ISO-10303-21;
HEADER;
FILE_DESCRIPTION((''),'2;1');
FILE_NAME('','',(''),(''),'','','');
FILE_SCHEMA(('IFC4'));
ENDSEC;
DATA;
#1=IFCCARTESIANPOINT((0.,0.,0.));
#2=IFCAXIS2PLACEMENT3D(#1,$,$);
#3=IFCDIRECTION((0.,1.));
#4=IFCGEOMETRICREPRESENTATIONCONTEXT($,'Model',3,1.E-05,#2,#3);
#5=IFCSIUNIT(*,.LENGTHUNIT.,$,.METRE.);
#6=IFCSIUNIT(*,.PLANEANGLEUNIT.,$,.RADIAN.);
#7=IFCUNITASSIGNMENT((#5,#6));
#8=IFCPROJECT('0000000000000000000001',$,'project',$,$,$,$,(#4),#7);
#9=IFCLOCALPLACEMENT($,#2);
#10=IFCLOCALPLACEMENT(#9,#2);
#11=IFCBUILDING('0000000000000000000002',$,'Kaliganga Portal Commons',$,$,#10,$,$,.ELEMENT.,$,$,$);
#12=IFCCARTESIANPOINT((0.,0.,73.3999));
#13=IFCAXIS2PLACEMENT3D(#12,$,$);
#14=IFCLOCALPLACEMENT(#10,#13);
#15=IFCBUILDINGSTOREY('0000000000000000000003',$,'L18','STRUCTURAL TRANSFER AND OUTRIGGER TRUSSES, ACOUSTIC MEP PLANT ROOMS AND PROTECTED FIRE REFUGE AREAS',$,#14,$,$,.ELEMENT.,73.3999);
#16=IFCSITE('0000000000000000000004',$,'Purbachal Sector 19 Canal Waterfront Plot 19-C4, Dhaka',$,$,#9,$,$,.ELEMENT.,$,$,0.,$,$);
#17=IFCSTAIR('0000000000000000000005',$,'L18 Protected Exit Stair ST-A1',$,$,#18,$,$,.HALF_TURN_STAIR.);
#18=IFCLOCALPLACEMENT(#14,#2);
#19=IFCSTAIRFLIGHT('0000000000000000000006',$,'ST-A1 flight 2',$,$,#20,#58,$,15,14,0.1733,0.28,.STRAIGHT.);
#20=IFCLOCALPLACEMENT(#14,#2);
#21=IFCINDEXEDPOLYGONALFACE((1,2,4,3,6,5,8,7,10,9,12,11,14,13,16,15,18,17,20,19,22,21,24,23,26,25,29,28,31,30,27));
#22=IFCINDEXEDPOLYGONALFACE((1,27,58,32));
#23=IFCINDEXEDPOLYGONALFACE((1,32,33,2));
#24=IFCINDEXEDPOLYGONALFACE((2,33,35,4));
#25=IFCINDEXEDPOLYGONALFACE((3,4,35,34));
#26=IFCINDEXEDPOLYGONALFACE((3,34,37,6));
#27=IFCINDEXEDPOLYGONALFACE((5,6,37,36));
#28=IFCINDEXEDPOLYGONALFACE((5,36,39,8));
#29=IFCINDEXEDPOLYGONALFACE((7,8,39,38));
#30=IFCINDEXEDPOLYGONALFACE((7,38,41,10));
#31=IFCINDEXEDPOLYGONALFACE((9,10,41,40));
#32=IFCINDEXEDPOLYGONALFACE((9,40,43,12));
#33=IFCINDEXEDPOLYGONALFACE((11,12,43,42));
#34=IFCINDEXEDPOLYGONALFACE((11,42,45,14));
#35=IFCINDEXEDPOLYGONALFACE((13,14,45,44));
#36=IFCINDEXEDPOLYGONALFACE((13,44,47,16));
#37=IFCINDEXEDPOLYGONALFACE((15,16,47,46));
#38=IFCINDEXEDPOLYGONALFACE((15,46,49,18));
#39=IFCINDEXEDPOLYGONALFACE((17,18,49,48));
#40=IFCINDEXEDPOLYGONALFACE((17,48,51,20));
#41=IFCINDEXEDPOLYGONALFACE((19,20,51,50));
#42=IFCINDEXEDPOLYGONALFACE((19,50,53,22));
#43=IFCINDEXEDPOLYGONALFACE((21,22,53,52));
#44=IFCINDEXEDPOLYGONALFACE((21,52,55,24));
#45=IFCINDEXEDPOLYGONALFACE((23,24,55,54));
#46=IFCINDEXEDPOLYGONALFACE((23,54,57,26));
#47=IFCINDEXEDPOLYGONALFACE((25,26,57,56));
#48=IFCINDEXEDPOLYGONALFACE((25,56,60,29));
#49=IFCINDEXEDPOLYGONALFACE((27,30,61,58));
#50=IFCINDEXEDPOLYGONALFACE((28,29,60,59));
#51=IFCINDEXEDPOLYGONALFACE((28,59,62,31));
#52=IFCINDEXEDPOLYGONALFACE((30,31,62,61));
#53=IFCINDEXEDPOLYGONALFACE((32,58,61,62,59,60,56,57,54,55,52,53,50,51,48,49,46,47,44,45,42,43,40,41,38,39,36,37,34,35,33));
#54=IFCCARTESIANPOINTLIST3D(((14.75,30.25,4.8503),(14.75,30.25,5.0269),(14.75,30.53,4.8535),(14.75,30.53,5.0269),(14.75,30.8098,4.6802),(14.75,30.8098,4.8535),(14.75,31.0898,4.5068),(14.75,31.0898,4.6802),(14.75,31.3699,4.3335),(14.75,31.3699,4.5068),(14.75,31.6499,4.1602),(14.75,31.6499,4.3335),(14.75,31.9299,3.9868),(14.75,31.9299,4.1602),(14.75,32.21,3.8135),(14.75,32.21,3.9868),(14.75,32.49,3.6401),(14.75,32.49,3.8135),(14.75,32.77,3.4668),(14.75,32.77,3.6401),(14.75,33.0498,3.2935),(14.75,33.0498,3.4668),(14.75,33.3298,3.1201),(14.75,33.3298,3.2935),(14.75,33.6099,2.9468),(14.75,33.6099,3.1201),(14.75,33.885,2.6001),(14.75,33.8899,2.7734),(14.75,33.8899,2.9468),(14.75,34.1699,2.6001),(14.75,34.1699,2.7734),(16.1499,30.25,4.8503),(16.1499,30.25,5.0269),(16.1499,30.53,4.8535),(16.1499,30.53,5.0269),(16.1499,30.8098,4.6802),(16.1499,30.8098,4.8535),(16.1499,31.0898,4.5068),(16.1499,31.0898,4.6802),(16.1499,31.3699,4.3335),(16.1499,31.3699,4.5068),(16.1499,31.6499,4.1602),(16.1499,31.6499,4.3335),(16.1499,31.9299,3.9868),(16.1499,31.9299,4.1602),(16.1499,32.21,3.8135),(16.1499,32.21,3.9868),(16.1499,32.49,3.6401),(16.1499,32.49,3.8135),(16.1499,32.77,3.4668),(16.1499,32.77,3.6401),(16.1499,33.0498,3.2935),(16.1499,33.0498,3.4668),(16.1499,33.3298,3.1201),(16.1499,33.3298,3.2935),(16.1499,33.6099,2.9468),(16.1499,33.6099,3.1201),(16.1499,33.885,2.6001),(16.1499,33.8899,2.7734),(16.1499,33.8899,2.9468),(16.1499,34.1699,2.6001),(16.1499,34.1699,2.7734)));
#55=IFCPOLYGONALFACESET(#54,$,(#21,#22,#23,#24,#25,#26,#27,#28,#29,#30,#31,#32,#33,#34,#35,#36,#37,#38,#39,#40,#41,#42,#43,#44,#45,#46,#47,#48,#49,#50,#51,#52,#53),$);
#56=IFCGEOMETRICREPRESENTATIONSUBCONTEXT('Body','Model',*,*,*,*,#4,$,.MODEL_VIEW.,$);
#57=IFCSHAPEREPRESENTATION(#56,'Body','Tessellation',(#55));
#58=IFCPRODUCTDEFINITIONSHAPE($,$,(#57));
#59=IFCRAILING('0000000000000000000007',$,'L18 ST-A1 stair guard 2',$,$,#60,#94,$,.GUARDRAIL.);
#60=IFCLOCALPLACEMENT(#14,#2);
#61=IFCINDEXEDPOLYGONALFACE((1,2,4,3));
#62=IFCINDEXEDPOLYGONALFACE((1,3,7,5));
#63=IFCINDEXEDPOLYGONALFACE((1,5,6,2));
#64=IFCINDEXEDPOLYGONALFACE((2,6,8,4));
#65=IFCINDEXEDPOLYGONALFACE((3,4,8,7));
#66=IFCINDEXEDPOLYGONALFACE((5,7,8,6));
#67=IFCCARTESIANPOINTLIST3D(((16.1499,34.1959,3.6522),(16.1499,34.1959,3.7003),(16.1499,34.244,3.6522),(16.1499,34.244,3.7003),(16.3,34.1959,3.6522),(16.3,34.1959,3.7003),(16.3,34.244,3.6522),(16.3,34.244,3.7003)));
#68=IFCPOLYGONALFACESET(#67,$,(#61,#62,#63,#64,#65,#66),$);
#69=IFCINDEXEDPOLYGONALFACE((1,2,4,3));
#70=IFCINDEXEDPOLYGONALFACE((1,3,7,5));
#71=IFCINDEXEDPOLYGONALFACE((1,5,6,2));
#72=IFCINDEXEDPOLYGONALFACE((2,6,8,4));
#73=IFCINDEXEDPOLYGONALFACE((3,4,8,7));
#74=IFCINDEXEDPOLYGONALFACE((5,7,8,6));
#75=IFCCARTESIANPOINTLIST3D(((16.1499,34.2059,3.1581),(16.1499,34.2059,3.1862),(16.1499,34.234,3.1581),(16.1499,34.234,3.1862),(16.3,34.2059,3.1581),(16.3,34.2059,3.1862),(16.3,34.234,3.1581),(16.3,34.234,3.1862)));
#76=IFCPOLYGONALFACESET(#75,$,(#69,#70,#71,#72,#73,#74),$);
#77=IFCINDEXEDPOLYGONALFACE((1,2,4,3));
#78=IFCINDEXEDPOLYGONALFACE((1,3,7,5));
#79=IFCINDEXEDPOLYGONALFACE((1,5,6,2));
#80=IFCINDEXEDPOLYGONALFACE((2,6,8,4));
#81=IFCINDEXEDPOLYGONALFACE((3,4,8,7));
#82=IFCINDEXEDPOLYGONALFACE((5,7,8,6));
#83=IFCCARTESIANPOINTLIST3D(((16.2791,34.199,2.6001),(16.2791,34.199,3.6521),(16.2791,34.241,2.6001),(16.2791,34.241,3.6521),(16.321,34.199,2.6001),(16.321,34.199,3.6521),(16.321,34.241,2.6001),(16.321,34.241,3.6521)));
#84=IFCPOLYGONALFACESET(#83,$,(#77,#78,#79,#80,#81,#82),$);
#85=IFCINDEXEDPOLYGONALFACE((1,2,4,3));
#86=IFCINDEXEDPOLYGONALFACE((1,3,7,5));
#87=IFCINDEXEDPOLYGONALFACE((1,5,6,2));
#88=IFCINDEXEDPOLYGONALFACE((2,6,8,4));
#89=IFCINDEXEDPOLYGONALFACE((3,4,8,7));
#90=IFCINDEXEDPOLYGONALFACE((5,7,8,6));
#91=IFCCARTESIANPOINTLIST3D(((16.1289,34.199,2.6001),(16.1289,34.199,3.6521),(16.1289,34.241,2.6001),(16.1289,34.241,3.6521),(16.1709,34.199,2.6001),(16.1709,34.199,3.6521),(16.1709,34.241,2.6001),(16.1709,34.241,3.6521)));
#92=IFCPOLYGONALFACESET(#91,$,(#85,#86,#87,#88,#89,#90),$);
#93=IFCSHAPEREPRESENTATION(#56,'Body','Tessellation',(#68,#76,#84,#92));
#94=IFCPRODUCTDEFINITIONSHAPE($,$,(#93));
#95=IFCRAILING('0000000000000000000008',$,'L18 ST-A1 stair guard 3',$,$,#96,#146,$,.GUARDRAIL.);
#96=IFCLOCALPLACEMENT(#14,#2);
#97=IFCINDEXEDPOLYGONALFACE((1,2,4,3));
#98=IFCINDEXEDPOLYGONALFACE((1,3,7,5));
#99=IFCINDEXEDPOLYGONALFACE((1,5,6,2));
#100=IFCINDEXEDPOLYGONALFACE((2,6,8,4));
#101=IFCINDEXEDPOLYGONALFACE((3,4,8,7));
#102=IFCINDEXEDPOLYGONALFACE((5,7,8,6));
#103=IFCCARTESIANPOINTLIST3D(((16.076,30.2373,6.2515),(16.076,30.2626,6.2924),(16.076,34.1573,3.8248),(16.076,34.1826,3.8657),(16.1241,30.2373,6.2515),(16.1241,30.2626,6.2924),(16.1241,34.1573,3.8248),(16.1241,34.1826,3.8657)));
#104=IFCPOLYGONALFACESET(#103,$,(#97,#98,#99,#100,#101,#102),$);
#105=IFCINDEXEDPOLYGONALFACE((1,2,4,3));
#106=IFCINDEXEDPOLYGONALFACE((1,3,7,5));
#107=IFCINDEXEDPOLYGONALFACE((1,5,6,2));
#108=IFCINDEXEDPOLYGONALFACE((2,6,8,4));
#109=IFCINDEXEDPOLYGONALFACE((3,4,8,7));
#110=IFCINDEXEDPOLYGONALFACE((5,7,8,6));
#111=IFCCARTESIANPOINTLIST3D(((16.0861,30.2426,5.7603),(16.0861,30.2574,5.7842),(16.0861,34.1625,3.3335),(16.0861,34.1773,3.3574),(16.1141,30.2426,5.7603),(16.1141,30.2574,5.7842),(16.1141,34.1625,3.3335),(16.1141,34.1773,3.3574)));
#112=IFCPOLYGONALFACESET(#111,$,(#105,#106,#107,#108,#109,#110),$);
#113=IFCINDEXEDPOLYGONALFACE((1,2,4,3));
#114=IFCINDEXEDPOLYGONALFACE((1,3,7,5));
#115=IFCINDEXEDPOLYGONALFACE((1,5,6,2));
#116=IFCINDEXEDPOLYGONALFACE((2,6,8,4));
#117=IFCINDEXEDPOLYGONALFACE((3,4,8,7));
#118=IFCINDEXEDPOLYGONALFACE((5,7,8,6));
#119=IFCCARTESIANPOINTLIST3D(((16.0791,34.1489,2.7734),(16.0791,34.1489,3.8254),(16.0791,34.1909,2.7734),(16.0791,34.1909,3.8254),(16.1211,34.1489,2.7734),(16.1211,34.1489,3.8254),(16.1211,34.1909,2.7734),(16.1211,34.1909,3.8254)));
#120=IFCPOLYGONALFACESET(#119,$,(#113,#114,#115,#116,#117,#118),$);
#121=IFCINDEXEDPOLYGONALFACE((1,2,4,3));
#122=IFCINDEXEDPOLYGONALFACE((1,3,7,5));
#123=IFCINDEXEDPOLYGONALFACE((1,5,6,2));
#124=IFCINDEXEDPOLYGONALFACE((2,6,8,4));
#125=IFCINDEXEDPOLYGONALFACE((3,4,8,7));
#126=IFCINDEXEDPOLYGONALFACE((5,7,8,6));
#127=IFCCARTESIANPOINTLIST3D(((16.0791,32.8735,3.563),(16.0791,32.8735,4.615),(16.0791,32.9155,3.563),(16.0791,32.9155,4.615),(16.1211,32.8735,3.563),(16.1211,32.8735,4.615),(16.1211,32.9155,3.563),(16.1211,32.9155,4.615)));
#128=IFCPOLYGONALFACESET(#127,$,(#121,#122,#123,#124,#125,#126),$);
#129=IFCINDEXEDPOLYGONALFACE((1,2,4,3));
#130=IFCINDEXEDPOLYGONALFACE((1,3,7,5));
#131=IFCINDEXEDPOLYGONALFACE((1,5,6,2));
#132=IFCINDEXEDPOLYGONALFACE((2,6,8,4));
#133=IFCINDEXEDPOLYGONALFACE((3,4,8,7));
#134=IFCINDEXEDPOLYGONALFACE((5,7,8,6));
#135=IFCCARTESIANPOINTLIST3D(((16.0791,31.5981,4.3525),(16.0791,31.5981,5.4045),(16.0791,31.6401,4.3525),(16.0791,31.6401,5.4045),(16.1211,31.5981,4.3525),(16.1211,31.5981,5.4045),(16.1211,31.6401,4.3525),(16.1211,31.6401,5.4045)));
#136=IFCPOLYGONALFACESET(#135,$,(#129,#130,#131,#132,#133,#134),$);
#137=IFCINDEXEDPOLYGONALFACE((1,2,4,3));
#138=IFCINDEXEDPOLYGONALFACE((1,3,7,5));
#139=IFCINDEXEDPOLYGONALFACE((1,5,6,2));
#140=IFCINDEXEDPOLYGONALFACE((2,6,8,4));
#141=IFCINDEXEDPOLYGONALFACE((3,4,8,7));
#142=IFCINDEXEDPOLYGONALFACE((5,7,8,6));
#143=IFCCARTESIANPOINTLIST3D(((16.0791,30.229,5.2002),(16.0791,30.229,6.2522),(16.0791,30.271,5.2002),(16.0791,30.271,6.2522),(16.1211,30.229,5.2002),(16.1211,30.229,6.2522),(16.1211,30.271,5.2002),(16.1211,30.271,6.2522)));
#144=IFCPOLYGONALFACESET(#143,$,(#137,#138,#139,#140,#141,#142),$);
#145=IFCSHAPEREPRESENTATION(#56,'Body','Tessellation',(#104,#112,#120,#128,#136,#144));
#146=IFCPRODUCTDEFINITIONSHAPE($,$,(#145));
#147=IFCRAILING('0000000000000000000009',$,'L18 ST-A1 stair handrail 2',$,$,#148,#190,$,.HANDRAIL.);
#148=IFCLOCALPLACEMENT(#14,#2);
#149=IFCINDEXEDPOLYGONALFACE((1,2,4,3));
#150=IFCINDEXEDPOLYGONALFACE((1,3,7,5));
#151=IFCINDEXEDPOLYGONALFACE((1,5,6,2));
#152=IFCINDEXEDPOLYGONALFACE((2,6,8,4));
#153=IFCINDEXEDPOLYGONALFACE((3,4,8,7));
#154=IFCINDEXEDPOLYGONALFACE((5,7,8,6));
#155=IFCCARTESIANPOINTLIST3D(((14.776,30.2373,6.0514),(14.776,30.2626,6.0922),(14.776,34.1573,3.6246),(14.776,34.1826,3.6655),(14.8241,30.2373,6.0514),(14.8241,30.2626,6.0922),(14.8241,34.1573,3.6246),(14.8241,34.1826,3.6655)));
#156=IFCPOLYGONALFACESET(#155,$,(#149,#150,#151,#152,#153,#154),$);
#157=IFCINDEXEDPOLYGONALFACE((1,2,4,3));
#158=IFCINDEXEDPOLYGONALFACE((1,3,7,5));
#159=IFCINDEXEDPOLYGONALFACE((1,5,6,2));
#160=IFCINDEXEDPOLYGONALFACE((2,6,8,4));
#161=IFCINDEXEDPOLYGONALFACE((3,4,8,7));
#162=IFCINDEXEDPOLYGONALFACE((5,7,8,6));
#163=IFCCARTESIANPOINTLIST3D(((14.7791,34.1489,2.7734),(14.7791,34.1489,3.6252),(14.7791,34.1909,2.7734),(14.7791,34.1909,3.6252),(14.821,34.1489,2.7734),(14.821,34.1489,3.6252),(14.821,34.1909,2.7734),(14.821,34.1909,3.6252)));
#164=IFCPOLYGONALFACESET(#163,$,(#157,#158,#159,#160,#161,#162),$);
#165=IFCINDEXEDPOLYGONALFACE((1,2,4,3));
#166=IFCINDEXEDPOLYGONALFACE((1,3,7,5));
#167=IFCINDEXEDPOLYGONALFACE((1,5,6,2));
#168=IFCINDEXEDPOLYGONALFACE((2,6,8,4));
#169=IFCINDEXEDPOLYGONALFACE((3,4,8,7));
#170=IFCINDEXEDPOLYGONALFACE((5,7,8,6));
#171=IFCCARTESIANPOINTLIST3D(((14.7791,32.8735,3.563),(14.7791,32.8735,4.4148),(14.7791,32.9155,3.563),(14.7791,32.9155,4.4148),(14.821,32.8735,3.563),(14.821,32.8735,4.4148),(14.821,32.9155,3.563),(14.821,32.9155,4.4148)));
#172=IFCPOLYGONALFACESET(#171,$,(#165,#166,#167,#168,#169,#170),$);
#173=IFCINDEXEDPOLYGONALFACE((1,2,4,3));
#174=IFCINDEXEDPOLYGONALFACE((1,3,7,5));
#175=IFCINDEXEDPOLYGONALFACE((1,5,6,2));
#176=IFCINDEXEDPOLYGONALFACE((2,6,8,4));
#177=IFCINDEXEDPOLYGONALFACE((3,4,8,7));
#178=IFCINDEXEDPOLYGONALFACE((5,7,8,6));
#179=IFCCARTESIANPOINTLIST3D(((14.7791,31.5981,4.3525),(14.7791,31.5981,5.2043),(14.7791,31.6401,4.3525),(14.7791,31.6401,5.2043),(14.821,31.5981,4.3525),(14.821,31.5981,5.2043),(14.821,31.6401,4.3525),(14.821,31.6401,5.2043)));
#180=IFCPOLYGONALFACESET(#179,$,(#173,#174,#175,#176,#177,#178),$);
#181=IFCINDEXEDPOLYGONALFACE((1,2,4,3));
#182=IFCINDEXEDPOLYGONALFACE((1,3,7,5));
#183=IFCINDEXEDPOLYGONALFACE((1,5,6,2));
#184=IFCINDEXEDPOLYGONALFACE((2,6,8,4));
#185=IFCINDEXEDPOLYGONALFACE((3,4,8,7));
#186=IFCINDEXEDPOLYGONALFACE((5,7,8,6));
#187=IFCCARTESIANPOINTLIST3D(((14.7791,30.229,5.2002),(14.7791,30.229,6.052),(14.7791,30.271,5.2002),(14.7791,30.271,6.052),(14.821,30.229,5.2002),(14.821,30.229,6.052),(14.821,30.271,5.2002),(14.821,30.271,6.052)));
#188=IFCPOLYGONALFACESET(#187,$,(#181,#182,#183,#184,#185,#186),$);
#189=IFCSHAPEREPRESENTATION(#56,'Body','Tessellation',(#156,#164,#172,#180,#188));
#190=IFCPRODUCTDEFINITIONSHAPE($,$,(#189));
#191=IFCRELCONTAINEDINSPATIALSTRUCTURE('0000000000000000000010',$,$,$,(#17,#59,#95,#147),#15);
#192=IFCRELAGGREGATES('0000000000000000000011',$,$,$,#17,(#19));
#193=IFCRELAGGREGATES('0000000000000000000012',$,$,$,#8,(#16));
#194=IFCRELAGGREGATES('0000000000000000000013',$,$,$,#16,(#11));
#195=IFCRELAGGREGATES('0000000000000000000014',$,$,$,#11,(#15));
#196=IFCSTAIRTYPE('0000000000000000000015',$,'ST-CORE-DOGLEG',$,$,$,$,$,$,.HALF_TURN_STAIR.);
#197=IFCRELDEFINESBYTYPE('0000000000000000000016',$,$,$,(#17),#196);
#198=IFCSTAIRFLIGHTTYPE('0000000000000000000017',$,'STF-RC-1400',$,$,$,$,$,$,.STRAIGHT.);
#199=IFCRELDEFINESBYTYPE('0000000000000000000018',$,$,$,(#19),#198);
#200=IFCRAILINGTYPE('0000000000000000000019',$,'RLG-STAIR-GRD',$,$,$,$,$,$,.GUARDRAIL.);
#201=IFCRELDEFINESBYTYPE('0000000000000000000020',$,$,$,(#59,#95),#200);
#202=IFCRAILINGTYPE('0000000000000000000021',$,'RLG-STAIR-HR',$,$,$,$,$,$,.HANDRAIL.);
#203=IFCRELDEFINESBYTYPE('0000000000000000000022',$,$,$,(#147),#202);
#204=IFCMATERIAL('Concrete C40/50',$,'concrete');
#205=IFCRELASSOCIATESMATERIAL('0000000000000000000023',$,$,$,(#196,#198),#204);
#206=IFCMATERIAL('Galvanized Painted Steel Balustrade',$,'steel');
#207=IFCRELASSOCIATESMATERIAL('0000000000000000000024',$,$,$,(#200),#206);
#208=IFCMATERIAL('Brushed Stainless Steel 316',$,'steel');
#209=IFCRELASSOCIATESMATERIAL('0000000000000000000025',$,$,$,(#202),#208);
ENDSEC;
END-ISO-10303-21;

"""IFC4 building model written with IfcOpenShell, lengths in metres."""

from ifc_helpers import new_model, si_unit, direction, frame, origin, origin_2d, place, context, subcontext, project, spatial, polyline, rectangle, outline, extrude, material, type_object, element, aggregate, save


model = new_model("IFC4")

# Units and contexts
model_context = context("Model", 3, precision=1e-05, world=origin(), true_north=direction((0.0, 1.0)))
body_context = subcontext(model_context, "Body", "Model", "MODEL_VIEW")
ifc_project = project(units=[si_unit("LENGTHUNIT", "METRE"), si_unit("PLANEANGLEUNIT", "RADIAN")], contexts=[model_context])

# Site, building, storey
site_placement = place(None, origin())
site = spatial("IfcSite", under=ifc_project, at=site_placement, Name="Purbachal Sector 19 Canal Waterfront Plot 19-C4, Dhaka", CompositionType="ELEMENT", RefElevation=0.0)
building_placement = place(site_placement, origin())
building = spatial("IfcBuilding", under=site, at=building_placement, Name="Kaliganga Portal Commons", CompositionType="ELEMENT")
storey_placement = place(building_placement, frame((0.0, 0.0, 73.3999)))
storey = spatial("IfcBuildingStorey", under=building, at=storey_placement, Name="L18", Description="STRUCTURAL TRANSFER AND OUTRIGGER TRUSSES, ACOUSTIC MEP PLANT ROOMS AND PROTECTED FIRE REFUGE AREAS", CompositionType="ELEMENT", Elevation=73.3999)

# Stair, stair flight
ifc_material_1 = material(Name="Concrete C40/50", Category="concrete")
stair_type = type_object("IfcStairType", Name="ST-CORE-DOGLEG", PredefinedType="HALF_TURN_STAIR", material=ifc_material_1)
stair_placement = place(storey_placement, origin())
stair = element("IfcStair", 1, at=stair_placement, inside=storey, type_object=stair_type, Name="L18 Protected Exit Stair ST-A1", PredefinedType="HALF_TURN_STAIR")
stair_flight_type = type_object("IfcStairFlightType", Name="STF-RC-1400", PredefinedType="STRAIGHT", material=ifc_material_1)
stair_flight_placement = place(storey_placement, frame((15.45, 34.1699, 2.6001), z_axis=(0.0, 0.0, 1.0), x_axis=(0.0, -1.0, 0.0)))
stair_flight = element("IfcStairFlight", 2, at=stair_flight_placement, type_object=stair_flight_type, Name="ST-A1 flight 2", NumberOfRisers=15, NumberOfTreads=14, PredefinedType="STRAIGHT", RiserHeight=0.1733, TreadLength=0.28, context=body_context, shape_type="SweptSolid", body=[
    extrude(outline(polyline([(0.0, 0.0), (0.0, 0.1733), (0.28, 0.1733), (0.28, 0.3467), (0.5601, 0.3467), (0.5601, 0.52), (0.8401, 0.52), (0.8401, 0.6934), (1.1201, 0.6934), (1.1201, 0.8667), (1.3999, 0.8667), (1.3999, 1.04), (1.6799, 1.04), (1.6799, 1.2134), (1.96, 1.2134), (1.96, 1.3867), (2.24, 1.3867), (2.24, 1.5601), (2.52, 1.5601), (2.52, 1.7334), (2.8, 1.7334), (2.8, 1.9067), (3.0801, 1.9067), (3.0801, 2.0801), (3.3601, 2.0801), (3.3601, 2.2534), (3.6399, 2.2534), (3.6399, 2.4268), (3.9199, 2.4268), (3.9199, 2.6001), (3.9199, 2.2502), (0.2849, 0.0), (0.0, 0.0)])), frame((0.0, 0.7, 0.0), z_axis=(0.0, -1.0, 0.0), x_axis=(1.0, 0.0, 0.0)), (0.0, 0.0, 1.0), 1.3999),
])
aggregate(stair, [stair_flight])

# Railings
ifc_material_2 = material(Name="Galvanized Painted Steel Balustrade", Category="steel")
railing_type_1 = type_object("IfcRailingType", Name="RLG-STAIR-GRD", PredefinedType="GUARDRAIL", material=ifc_material_2)
railing_1_placement = place(storey_placement, frame((16.3, 34.22, 2.6001)))
element("IfcRailing", 3, at=railing_1_placement, inside=storey, type_object=railing_type_1, Name="L18 ST-A1 stair guard 2", PredefinedType="GUARDRAIL", context=body_context, shape_type="SweptSolid", body=[
    extrude(rectangle(XDim=0.0481, YDim=0.0481, at=origin_2d()), frame((0.0, 0.0, 1.0762), z_axis=(-1.0, 0.0, 0.0), x_axis=(0.0, -1.0, 0.0)), (0.0, 0.0, 1.0), 0.1501),
    extrude(rectangle(XDim=0.0281, YDim=0.0281, at=origin_2d()), frame((0.0, 0.0, 0.572), z_axis=(-1.0, 0.0, 0.0), x_axis=(0.0, -1.0, 0.0)), (0.0, 0.0, 1.0), 0.1501),
    extrude(rectangle(XDim=0.042, YDim=0.042, at=origin_2d()), origin(), (0.0, 0.0, 1.0), 1.052),
    extrude(rectangle(XDim=0.042, YDim=0.042, at=origin_2d()), frame((-0.1501, 0.0, 0.0)), (0.0, 0.0, 1.0), 1.052),
])
railing_2_placement = place(storey_placement, frame((16.1001, 34.1699, 2.7734)))
element("IfcRailing", 4, at=railing_2_placement, inside=storey, type_object=railing_type_1, Name="L18 ST-A1 stair guard 3", PredefinedType="GUARDRAIL", context=body_context, shape_type="SweptSolid", body=[
    extrude(rectangle(XDim=0.0481, YDim=0.0481, at=origin_2d()), frame((0.0, 0.0, 1.0718), z_axis=(0.0, -0.850252, 0.526376), x_axis=(1.0, 0.0, 0.0)), (0.0, 0.0, 1.0), 4.6104),
    extrude(rectangle(XDim=0.0281, YDim=0.0281, at=origin_2d()), frame((0.0, 0.0, 0.572), z_axis=(0.0, -0.850252, 0.526376), x_axis=(1.0, 0.0, 0.0)), (0.0, 0.0, 1.0), 4.6104),
    extrude(rectangle(XDim=0.042, YDim=0.042, at=origin_2d()), origin(), (0.0, 0.0, 1.0), 1.052),
    extrude(rectangle(XDim=0.042, YDim=0.042, at=origin_2d()), frame((0.0, -1.2754, 0.7896)), (0.0, 0.0, 1.0), 1.052),
    extrude(rectangle(XDim=0.042, YDim=0.042, at=origin_2d()), frame((0.0, -2.5508, 1.5791)), (0.0, 0.0, 1.0), 1.052),
    extrude(rectangle(XDim=0.042, YDim=0.042, at=origin_2d()), frame((0.0, -3.9199, 2.4268)), (0.0, 0.0, 1.0), 1.052),
])
ifc_material_3 = material(Name="Brushed Stainless Steel 316", Category="steel")
railing_type_2 = type_object("IfcRailingType", Name="RLG-STAIR-HR", PredefinedType="HANDRAIL", material=ifc_material_3)
railing_3_placement = place(storey_placement, frame((14.8, 34.1699, 2.7734)))
element("IfcRailing", 5, at=railing_3_placement, inside=storey, type_object=railing_type_2, Name="L18 ST-A1 stair handrail 2", PredefinedType="HANDRAIL", context=body_context, shape_type="SweptSolid", body=[
    extrude(rectangle(XDim=0.0481, YDim=0.0481, at=origin_2d()), frame((0.0, 0.0, 0.8716), z_axis=(0.0, -0.850252, 0.526376), x_axis=(1.0, 0.0, 0.0)), (0.0, 0.0, 1.0), 4.6104),
    extrude(rectangle(XDim=0.042, YDim=0.042, at=origin_2d()), origin(), (0.0, 0.0, 1.0), 0.8518),
    extrude(rectangle(XDim=0.042, YDim=0.042, at=origin_2d()), frame((0.0, -1.2754, 0.7896)), (0.0, 0.0, 1.0), 0.8518),
    extrude(rectangle(XDim=0.042, YDim=0.042, at=origin_2d()), frame((0.0, -2.5508, 1.5791)), (0.0, 0.0, 1.0), 0.8518),
    extrude(rectangle(XDim=0.042, YDim=0.042, at=origin_2d()), frame((0.0, -3.9199, 2.4268)), (0.0, 0.0, 1.0), 0.8518),
])

save(model, "model.ifc")
